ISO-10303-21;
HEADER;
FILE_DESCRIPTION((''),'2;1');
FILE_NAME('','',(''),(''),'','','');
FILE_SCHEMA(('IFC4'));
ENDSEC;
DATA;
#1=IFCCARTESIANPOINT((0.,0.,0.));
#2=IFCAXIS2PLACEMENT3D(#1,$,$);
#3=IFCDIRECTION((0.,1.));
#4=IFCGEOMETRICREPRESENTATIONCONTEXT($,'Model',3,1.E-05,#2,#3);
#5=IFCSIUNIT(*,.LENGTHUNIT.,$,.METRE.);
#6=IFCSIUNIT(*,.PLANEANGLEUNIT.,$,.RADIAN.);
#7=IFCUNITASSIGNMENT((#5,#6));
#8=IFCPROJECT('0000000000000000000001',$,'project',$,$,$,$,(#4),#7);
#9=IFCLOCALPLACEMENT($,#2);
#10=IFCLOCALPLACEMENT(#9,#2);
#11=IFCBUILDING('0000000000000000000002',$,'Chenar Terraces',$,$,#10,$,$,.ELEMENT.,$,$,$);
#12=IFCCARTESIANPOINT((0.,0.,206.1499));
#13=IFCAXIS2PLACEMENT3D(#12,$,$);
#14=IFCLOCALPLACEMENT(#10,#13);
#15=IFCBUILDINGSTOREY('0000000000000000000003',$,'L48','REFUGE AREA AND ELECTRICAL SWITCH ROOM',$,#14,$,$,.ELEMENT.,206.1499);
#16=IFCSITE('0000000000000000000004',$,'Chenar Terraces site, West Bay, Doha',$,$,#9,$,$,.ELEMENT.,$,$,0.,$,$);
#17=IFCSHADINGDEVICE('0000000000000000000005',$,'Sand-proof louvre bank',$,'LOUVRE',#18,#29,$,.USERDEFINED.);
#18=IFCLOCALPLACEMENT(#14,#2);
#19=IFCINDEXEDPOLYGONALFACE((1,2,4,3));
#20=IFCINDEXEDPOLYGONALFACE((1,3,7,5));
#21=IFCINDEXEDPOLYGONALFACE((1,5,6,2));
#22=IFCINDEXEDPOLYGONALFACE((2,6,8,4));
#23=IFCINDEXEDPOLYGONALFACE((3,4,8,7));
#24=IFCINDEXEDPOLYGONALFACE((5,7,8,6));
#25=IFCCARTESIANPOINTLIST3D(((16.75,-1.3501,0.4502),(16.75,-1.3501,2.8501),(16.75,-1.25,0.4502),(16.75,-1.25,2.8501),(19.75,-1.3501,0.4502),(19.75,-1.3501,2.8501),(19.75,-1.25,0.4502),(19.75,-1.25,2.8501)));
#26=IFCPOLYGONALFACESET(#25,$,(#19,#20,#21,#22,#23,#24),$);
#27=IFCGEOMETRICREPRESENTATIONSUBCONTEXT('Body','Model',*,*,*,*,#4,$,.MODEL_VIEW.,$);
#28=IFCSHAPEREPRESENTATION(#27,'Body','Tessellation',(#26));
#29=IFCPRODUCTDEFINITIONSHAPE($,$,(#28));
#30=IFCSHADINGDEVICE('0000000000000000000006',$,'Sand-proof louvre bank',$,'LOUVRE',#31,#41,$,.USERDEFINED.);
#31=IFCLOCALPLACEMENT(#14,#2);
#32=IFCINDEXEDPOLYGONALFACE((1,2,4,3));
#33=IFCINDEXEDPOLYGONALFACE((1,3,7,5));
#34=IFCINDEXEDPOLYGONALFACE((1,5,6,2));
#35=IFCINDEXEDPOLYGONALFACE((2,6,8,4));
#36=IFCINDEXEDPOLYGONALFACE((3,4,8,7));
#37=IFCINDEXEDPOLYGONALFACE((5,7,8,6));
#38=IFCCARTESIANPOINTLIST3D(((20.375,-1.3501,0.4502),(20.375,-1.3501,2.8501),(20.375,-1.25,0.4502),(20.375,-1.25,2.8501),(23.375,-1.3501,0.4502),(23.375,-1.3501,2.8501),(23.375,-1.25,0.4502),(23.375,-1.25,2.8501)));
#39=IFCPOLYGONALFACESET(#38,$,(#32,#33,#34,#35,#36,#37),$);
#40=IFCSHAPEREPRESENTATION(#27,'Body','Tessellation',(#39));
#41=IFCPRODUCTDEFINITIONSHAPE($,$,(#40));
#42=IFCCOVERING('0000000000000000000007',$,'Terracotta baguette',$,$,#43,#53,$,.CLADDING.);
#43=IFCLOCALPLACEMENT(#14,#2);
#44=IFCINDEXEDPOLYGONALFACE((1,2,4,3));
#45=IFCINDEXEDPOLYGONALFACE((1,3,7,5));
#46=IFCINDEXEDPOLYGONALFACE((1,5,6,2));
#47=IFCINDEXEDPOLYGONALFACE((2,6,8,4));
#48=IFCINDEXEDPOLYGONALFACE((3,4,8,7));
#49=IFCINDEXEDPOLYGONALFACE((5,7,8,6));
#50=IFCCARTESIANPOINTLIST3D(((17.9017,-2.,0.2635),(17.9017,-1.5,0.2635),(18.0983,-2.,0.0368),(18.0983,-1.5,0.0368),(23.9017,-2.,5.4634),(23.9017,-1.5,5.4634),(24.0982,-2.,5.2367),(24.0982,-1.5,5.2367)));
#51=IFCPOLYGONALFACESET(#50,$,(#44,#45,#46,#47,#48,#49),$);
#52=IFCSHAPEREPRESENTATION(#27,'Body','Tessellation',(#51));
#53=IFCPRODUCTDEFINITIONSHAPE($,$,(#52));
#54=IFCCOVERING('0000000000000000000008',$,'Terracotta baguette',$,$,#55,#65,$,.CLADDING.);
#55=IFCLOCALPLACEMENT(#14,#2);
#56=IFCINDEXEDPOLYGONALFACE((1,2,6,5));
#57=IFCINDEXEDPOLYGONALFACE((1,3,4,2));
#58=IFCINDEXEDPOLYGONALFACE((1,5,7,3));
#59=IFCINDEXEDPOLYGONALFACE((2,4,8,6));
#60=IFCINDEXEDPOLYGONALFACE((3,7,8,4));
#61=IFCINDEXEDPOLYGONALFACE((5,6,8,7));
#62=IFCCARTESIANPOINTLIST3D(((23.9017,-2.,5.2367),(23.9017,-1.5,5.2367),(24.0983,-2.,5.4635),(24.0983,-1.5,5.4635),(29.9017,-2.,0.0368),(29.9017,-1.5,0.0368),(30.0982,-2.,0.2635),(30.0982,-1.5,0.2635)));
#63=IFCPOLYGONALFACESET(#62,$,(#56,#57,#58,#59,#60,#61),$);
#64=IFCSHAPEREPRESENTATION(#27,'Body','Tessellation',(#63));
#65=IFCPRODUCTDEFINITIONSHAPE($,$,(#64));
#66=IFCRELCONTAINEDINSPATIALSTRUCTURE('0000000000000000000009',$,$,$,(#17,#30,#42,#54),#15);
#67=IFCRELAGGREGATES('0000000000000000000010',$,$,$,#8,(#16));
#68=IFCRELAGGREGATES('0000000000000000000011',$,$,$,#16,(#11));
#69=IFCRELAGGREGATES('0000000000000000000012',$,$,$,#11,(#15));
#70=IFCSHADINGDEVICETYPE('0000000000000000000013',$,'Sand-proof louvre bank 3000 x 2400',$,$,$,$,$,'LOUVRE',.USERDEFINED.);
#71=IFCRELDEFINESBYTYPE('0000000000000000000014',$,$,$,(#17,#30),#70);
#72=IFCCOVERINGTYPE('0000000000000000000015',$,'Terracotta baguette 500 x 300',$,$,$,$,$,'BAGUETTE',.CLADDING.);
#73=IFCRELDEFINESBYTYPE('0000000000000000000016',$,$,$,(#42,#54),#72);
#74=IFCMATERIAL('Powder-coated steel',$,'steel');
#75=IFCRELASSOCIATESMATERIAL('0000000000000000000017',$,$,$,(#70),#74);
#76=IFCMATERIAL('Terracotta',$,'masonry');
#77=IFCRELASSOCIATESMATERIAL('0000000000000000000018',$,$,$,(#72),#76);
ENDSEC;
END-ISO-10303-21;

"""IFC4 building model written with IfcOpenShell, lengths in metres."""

from ifc_helpers import new_model, si_unit, direction, frame, origin, origin_2d, place, context, subcontext, project, spatial, rectangle, extrude, material, material_profile, profile_set, type_object, element, save


model = new_model("IFC4")

# Units and contexts
model_context = context("Model", 3, precision=1e-05, world=origin(), true_north=direction((0.0, 1.0)))
body_context = subcontext(model_context, "Body", "Model", "MODEL_VIEW")
ifc_project = project(units=[si_unit("LENGTHUNIT", "METRE"), si_unit("PLANEANGLEUNIT", "RADIAN")], contexts=[model_context])

# Site, building, storey
site_placement = place(None, origin())
site = spatial("IfcSite", under=ifc_project, at=site_placement, Name="Chenar Terraces site, West Bay, Doha", CompositionType="ELEMENT", RefElevation=0.0)
building_placement = place(site_placement, origin())
building = spatial("IfcBuilding", under=site, at=building_placement, Name="Chenar Terraces", CompositionType="ELEMENT")
storey_placement = place(building_placement, frame((0.0, 0.0, 206.1499)))
storey = spatial("IfcBuildingStorey", under=building, at=storey_placement, Name="L48", Description="REFUGE AREA AND ELECTRICAL SWITCH ROOM", CompositionType="ELEMENT", Elevation=206.1499)

# Shading devices
ifc_material_1 = material(Name="Powder-coated steel", Category="steel")
shading_device_type = type_object("IfcShadingDeviceType", Name="Sand-proof louvre bank 3000 x 2400", ElementType="LOUVRE", PredefinedType="USERDEFINED", material=ifc_material_1)
for number, where, z_axis, x_axis, name in (
    (1, (18.25, -1.3, 0.4502), (0.0, 0.0, 1.0), (1.0, 0.0, 0.0), "Sand-proof louvre bank"),
    (2, (21.875, -1.3, 0.4502), (0.0, 0.0, 1.0), (1.0, 0.0, 0.0), "Sand-proof louvre bank"),
):
    element("IfcShadingDevice", number, at=place(storey_placement, frame(where, z_axis=z_axis, x_axis=x_axis)), inside=storey, type_object=shading_device_type, Name=name, ObjectType="LOUVRE", PredefinedType="USERDEFINED", context=body_context, shape_type="SweptSolid", body=[
        extrude(rectangle(XDim=3.0, YDim=0.1001, at=origin_2d()), origin(), (0.0, 0.0, 1.0), 2.3999),
    ])

# Coverings
ifc_material_2 = material(Name="Terracotta", Category="masonry")
ifc_material_profile_1 = material_profile(ifc_material_2, rectangle(XDim=0.5, YDim=0.3, at=origin_2d()), Name="Terracotta baguette 500 x 300")
ifc_profile_set_1 = profile_set([ifc_material_profile_1], Name="Terracotta")
covering_type = type_object("IfcCoveringType", Name="Terracotta baguette 500 x 300", ElementType="BAGUETTE", PredefinedType="CLADDING", material=ifc_profile_set_1)
for number, where, z_axis, x_axis, name in (
    (3, (18.0, -1.75, 0.1501), (0.755692, 0.0, 0.654927), (0.0, 1.0, 0.0), "Terracotta baguette"),
    (4, (24.0, -1.75, 5.3501), (0.755692, 0.0, -0.654927), (0.0, 1.0, 0.0), "Terracotta baguette"),
):
    element("IfcCovering", number, at=place(storey_placement, frame(where, z_axis=z_axis, x_axis=x_axis)), inside=storey, type_object=covering_type, Name=name, PredefinedType="CLADDING", context=body_context, shape_type="SweptSolid", body=[
        extrude(rectangle(XDim=0.5, YDim=0.3, at=origin_2d()), origin(), (0.0, 0.0, 1.0), 7.9397),
    ])

save(model, "model.ifc")
